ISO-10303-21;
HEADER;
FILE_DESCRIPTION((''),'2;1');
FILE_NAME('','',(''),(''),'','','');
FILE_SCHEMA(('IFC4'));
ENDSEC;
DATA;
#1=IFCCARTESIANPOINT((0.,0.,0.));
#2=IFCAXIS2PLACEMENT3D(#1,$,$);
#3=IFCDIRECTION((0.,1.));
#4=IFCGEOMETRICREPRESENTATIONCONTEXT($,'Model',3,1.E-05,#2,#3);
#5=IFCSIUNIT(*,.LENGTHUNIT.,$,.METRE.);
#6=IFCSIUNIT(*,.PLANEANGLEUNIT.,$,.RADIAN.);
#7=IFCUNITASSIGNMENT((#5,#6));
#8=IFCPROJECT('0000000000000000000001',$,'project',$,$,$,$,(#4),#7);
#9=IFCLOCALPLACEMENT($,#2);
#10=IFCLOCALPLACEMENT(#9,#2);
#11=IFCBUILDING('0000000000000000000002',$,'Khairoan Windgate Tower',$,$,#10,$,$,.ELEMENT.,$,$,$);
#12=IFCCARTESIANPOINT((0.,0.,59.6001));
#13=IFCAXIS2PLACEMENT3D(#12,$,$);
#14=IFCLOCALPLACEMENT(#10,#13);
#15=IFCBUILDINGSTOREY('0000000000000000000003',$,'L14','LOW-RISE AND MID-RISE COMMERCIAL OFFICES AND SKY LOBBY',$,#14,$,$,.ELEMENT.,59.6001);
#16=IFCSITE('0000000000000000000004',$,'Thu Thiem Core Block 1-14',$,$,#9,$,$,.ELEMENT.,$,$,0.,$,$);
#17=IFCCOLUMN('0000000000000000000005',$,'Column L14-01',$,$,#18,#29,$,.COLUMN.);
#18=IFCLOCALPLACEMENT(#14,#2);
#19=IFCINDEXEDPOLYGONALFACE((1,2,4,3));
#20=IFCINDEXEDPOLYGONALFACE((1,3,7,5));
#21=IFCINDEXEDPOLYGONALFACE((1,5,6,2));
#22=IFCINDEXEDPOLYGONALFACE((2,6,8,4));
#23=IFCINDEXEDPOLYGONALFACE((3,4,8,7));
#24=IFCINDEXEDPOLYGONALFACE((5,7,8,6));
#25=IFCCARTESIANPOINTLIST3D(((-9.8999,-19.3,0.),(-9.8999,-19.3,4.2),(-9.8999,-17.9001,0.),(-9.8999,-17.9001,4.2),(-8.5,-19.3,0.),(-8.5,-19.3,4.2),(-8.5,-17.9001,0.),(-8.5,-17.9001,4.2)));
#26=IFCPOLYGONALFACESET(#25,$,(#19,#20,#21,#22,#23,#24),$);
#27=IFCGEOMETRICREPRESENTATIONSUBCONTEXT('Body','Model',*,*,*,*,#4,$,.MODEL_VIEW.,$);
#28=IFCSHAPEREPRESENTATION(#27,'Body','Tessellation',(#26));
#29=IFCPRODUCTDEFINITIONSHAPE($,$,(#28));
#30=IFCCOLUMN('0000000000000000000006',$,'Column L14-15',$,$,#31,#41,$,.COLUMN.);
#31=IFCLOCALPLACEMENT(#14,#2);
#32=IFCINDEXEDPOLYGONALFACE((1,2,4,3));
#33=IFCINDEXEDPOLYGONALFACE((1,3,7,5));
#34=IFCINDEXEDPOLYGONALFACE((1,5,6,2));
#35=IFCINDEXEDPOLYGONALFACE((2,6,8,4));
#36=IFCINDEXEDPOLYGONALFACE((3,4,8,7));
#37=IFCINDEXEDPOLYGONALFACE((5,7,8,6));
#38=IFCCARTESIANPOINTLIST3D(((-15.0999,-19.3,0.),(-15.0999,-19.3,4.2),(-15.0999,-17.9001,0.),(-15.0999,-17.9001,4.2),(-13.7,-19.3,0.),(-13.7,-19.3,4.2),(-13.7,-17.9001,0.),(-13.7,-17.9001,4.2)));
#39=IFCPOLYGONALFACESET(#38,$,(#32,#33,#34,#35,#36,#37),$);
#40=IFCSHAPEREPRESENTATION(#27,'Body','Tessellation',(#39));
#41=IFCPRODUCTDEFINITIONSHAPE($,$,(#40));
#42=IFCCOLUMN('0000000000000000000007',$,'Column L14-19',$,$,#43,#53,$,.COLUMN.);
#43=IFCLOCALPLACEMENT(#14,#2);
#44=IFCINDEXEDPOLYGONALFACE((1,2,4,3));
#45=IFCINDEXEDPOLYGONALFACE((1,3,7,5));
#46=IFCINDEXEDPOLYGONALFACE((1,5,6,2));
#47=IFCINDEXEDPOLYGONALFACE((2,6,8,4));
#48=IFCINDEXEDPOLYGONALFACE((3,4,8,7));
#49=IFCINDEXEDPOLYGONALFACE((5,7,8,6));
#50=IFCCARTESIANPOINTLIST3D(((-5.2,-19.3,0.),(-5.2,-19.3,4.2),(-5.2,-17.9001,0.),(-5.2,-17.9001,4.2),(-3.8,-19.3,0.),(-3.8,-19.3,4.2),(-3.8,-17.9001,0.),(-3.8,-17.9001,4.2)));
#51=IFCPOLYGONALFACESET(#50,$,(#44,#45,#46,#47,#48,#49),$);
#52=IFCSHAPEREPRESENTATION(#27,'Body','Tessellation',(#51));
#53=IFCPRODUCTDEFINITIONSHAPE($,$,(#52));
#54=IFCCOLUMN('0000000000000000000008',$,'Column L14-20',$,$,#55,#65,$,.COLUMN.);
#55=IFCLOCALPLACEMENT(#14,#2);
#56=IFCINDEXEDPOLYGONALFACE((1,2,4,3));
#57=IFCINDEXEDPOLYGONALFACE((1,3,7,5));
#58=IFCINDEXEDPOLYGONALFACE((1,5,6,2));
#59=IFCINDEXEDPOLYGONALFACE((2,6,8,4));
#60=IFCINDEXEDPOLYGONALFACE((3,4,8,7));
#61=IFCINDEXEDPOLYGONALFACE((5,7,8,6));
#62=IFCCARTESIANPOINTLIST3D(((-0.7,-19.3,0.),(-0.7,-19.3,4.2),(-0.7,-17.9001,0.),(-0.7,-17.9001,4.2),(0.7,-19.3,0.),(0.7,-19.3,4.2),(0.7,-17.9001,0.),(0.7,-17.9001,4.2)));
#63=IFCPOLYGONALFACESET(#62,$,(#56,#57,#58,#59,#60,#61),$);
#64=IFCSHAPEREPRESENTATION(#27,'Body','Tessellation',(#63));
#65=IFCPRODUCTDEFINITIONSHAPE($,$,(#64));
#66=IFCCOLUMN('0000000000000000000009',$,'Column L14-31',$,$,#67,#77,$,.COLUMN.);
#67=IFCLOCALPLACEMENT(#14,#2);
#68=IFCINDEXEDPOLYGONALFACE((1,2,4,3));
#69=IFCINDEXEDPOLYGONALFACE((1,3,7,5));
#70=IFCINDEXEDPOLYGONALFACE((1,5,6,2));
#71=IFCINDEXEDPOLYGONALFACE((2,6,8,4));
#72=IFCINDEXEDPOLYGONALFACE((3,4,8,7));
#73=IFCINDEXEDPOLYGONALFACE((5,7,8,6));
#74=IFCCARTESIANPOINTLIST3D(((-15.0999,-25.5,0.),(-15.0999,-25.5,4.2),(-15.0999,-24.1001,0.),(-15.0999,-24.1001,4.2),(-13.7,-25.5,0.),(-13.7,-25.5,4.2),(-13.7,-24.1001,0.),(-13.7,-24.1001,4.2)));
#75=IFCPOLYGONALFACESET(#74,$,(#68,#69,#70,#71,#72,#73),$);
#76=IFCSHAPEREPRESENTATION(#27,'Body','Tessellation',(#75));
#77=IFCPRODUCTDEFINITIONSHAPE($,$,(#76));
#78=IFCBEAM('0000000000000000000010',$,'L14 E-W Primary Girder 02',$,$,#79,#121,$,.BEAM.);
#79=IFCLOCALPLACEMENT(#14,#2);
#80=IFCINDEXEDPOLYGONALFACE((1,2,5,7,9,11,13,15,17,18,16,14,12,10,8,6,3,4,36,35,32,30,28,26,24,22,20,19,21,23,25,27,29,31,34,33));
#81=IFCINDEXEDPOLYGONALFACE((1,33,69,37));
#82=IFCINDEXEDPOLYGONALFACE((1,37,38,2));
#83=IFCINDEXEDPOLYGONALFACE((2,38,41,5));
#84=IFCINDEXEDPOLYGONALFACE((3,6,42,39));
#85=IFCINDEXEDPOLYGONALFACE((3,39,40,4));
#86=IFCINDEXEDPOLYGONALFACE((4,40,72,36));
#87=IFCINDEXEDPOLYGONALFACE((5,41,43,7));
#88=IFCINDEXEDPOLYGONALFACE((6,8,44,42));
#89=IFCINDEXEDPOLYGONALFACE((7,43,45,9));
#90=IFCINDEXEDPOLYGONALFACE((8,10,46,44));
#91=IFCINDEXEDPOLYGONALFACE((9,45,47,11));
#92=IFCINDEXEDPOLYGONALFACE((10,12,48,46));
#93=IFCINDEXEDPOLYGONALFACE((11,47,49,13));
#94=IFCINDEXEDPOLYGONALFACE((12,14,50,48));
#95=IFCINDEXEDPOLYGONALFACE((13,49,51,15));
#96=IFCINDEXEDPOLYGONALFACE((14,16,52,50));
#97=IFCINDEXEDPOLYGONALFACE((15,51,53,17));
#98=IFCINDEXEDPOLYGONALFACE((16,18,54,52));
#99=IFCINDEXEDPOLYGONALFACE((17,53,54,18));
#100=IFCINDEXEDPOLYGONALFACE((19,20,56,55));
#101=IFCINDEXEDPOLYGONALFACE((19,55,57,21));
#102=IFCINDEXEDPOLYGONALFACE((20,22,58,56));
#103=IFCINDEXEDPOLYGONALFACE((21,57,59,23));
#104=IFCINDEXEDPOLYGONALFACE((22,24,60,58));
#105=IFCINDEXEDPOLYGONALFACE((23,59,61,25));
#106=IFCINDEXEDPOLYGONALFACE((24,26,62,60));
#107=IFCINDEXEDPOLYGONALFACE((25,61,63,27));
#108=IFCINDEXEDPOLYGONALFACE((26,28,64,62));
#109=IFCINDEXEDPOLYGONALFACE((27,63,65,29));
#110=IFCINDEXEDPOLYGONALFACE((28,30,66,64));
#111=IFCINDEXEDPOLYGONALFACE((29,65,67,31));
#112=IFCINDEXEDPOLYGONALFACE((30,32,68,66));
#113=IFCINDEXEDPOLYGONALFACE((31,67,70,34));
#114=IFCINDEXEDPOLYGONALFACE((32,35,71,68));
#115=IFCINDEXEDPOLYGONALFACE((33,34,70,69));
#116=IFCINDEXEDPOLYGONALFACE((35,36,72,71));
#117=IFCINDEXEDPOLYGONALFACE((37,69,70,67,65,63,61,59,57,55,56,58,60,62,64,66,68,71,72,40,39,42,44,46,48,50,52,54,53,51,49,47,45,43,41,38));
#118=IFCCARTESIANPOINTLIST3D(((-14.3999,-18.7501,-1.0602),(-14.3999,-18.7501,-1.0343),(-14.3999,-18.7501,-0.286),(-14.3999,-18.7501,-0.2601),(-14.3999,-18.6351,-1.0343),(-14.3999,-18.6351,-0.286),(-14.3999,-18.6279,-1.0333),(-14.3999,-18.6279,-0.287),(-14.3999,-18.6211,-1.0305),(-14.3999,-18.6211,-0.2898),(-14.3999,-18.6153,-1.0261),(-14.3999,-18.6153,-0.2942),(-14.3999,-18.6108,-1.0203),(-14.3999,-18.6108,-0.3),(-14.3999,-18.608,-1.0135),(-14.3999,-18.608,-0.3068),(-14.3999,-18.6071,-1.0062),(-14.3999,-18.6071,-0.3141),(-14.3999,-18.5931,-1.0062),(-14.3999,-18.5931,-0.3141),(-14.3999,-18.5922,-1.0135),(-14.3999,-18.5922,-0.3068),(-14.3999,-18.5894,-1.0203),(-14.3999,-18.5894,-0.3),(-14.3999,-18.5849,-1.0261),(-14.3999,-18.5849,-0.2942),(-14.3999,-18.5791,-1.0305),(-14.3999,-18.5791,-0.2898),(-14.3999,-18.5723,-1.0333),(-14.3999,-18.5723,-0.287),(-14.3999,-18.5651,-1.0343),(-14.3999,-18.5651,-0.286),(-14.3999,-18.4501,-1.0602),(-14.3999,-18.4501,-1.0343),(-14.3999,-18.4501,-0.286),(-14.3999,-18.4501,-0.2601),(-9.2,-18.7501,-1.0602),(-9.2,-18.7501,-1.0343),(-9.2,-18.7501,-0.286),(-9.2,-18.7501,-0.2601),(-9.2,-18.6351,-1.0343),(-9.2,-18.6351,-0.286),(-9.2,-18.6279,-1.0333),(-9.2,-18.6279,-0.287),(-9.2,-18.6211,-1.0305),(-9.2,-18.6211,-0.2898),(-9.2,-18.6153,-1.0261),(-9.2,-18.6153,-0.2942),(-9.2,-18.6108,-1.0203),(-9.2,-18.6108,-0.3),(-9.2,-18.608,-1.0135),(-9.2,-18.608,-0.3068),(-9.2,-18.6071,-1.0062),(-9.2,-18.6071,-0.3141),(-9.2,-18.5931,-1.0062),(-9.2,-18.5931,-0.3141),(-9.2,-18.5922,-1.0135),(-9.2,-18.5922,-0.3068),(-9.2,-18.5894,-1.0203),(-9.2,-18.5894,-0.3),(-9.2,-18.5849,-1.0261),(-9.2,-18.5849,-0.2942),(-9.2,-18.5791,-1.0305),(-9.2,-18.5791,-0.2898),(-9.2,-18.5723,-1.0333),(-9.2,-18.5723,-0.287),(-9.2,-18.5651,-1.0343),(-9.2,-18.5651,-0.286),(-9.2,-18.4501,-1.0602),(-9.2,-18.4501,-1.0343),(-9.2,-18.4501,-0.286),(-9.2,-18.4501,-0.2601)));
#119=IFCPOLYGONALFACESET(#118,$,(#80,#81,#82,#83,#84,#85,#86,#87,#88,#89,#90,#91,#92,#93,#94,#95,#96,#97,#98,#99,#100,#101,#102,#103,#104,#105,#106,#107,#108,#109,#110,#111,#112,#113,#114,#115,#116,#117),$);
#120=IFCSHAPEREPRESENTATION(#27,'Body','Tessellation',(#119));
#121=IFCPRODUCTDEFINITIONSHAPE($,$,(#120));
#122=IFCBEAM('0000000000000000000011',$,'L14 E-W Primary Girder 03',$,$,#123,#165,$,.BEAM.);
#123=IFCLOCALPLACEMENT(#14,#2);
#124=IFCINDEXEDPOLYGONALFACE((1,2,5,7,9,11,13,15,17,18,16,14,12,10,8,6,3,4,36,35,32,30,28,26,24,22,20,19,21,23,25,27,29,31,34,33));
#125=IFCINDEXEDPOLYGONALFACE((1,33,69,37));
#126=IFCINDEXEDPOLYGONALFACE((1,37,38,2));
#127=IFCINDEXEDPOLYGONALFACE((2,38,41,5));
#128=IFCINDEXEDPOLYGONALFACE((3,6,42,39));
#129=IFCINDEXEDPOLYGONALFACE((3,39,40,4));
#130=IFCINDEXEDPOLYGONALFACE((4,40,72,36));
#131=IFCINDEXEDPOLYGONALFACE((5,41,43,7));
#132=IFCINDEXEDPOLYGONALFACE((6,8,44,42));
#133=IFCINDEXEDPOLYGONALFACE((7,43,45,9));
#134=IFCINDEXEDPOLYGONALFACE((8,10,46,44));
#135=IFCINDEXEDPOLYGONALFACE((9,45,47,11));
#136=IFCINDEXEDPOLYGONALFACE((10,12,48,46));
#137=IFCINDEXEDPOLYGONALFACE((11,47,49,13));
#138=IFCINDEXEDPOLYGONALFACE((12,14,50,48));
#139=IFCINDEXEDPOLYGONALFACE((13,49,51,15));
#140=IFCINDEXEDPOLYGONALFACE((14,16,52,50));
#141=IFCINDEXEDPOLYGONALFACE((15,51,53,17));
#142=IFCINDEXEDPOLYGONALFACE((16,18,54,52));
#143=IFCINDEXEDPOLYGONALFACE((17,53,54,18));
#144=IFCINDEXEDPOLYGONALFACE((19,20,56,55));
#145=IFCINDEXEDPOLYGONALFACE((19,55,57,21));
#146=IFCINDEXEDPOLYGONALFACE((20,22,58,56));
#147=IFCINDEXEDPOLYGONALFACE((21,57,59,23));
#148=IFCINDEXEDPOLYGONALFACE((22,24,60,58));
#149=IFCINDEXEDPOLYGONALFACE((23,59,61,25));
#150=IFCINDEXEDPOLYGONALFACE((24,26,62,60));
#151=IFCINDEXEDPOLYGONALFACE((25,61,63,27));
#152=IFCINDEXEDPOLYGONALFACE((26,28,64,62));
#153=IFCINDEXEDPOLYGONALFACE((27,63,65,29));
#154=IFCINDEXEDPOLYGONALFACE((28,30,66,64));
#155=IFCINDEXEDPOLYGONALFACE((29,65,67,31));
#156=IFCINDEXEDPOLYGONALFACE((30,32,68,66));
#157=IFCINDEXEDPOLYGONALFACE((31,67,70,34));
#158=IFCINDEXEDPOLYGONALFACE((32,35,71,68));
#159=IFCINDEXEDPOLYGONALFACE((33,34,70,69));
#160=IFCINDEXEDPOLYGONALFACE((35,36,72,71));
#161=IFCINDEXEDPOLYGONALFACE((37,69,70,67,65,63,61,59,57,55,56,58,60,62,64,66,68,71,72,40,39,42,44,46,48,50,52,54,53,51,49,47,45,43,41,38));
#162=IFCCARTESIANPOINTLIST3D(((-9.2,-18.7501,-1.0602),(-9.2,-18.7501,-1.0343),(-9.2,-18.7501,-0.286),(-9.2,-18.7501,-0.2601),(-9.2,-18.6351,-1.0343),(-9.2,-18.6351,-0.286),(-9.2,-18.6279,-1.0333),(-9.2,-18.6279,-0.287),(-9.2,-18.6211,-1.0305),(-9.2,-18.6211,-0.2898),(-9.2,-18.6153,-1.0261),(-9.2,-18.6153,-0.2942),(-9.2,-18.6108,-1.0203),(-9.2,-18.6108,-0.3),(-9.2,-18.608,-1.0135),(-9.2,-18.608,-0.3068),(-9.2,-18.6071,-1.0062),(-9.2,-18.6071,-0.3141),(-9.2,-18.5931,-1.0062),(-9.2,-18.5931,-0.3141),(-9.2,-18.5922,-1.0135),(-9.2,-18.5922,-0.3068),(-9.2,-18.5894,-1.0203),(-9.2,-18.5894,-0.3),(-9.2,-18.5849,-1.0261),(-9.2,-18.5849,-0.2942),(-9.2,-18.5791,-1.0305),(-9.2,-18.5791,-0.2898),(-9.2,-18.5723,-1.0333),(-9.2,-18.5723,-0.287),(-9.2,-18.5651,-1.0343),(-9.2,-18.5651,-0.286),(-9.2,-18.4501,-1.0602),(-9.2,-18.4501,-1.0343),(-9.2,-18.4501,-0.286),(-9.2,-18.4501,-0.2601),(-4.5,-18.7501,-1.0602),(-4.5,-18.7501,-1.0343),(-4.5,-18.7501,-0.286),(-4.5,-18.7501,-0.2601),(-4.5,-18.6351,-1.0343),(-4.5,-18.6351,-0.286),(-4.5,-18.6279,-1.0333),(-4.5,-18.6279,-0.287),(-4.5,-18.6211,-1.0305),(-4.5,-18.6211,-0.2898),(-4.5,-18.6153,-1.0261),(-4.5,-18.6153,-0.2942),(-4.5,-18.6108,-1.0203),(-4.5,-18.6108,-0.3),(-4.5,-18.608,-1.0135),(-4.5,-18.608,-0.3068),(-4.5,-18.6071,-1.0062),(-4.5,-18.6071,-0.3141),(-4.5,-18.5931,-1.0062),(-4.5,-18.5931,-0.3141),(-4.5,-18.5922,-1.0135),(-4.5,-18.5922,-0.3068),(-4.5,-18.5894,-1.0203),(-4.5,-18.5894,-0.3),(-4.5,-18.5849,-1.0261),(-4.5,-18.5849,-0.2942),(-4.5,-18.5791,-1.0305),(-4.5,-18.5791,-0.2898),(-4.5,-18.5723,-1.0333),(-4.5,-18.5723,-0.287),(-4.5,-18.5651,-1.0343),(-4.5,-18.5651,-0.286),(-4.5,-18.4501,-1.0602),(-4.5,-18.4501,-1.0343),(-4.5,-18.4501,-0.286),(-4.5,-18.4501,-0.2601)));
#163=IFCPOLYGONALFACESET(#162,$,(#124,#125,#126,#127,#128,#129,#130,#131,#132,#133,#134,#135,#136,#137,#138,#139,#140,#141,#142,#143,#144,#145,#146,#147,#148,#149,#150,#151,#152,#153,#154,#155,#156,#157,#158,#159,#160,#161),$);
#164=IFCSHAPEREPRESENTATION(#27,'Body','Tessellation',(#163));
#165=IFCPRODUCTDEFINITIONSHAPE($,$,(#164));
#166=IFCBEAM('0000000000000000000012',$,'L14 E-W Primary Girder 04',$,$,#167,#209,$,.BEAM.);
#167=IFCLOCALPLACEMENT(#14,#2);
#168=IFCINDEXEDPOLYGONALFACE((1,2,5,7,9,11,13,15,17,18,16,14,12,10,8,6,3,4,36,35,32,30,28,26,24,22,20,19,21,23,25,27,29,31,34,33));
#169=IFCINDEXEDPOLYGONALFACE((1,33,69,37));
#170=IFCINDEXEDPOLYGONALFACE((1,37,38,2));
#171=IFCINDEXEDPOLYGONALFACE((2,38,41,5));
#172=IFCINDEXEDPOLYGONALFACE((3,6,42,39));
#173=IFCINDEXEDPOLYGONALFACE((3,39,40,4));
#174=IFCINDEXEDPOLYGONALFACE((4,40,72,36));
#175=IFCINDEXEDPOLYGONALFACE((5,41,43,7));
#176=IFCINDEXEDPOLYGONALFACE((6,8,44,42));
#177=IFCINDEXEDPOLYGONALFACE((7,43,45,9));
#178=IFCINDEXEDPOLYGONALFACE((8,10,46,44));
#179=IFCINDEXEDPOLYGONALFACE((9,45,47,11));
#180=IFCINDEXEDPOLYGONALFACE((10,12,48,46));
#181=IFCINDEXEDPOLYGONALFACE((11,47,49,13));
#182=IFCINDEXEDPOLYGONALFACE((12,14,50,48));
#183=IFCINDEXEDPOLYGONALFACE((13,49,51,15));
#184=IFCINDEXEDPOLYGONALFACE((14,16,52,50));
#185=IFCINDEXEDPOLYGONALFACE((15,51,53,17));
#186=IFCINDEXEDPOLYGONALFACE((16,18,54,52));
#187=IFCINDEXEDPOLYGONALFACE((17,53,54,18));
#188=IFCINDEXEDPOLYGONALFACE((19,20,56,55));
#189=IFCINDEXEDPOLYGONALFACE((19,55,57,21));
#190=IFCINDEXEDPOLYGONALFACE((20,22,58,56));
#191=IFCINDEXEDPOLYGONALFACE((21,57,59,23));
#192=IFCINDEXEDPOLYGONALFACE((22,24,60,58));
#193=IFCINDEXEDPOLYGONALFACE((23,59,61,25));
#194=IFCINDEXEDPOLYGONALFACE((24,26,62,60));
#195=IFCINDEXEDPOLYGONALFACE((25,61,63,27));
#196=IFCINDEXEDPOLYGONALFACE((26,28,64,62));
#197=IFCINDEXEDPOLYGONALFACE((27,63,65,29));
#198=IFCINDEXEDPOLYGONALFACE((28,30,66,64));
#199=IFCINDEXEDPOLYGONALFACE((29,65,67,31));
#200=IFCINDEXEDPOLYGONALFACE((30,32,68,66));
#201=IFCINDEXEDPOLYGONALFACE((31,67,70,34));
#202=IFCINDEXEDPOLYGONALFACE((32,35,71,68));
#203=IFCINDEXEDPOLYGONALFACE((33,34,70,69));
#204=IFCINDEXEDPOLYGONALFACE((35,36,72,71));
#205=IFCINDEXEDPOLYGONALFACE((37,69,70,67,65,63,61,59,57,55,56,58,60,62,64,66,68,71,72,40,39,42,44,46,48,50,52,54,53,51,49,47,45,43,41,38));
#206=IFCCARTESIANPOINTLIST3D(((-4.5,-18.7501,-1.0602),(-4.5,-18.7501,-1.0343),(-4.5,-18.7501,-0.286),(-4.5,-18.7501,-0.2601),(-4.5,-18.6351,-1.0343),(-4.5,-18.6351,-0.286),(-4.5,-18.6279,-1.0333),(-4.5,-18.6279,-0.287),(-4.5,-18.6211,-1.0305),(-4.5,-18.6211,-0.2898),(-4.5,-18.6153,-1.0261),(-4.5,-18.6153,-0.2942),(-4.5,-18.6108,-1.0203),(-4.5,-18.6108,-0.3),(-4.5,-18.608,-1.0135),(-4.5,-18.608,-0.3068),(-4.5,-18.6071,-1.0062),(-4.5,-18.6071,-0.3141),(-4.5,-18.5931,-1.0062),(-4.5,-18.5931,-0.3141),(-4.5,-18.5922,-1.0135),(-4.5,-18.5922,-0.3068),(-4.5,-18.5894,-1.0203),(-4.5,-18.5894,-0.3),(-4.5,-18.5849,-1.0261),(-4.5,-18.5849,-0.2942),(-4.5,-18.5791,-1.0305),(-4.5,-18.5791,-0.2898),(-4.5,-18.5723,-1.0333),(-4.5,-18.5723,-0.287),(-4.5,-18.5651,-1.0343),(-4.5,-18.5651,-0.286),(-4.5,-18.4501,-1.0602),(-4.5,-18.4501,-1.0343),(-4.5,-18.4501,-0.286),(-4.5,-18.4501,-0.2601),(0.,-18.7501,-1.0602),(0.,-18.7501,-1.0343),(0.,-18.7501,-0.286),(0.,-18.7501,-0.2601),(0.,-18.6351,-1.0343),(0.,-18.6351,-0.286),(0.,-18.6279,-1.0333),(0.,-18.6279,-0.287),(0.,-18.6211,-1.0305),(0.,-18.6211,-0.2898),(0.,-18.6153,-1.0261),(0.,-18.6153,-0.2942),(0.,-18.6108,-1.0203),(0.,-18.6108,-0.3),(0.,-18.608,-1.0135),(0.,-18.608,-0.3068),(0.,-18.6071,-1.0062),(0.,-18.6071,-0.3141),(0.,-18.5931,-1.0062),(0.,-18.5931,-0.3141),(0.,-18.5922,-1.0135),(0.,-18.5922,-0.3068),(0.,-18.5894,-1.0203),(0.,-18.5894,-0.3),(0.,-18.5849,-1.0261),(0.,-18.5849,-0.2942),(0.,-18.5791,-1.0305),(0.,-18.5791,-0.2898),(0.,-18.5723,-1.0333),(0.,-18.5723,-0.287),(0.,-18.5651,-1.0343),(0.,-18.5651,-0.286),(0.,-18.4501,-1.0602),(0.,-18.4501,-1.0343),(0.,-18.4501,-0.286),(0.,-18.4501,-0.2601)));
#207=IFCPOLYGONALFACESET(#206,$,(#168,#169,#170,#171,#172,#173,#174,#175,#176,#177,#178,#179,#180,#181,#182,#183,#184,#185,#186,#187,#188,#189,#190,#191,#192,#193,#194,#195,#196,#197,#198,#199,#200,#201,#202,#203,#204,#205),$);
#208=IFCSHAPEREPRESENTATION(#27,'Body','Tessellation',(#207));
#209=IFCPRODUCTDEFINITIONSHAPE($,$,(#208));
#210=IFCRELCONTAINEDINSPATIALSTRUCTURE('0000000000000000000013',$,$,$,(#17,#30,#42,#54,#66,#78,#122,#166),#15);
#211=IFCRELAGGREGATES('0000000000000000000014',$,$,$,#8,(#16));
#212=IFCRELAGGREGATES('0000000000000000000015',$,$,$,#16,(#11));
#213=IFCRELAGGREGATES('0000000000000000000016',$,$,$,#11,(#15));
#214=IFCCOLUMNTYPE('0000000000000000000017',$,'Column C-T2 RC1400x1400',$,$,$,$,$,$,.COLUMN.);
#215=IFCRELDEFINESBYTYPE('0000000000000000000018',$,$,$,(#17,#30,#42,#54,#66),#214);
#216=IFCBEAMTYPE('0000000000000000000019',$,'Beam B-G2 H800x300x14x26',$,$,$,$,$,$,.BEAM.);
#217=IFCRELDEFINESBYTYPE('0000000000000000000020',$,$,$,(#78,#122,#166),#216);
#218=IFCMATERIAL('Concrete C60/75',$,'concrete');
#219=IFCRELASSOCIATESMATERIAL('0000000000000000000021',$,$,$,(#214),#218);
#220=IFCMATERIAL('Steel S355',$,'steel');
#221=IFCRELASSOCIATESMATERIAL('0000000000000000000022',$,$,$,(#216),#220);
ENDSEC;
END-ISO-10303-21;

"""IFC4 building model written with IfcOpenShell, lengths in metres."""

from ifc_helpers import new_model, si_unit, direction, frame, origin, origin_2d, place, context, subcontext, project, spatial, rectangle, i_section, extrude, material, material_profile, profile_set, type_object, element, save


model = new_model("IFC4")

# Units and contexts
model_context = context("Model", 3, precision=1e-05, world=origin(), true_north=direction((0.0, 1.0)))
body_context = subcontext(model_context, "Body", "Model", "MODEL_VIEW")
ifc_project = project(units=[si_unit("LENGTHUNIT", "METRE"), si_unit("PLANEANGLEUNIT", "RADIAN")], contexts=[model_context])

# Site, building, storey
site_placement = place(None, origin())
site = spatial("IfcSite", under=ifc_project, at=site_placement, Name="Thu Thiem Core Block 1-14", CompositionType="ELEMENT", RefElevation=0.0)
building_placement = place(site_placement, origin())
building = spatial("IfcBuilding", under=site, at=building_placement, Name="Khairoan Windgate Tower", CompositionType="ELEMENT")
storey_placement = place(building_placement, frame((0.0, 0.0, 59.6001)))
storey = spatial("IfcBuildingStorey", under=building, at=storey_placement, Name="L14", Description="LOW-RISE AND MID-RISE COMMERCIAL OFFICES AND SKY LOBBY", CompositionType="ELEMENT", Elevation=59.6001)

# Columns
ifc_material_1 = material(Name="Concrete C60/75", Category="concrete")
ifc_material_profile_1 = material_profile(ifc_material_1, rectangle(XDim=1.3999, YDim=1.3999, at=origin_2d()))
ifc_profile_set_1 = profile_set([ifc_material_profile_1], Name="Concrete C60/75")
column_type = type_object("IfcColumnType", Name="Column C-T2 RC1400x1400", PredefinedType="COLUMN", material=ifc_profile_set_1)
for number, where, z_axis, x_axis, name in (
    (1, (-9.2, -18.6001, 0.0), (0.0, 0.0, 1.0), (1.0, 0.0, 0.0), "Column L14-01"),
    (2, (-14.3999, -18.6001, 0.0), (0.0, 0.0, 1.0), (1.0, 0.0, 0.0), "Column L14-15"),
    (3, (-4.5, -18.6001, 0.0), (0.0, 0.0, 1.0), (1.0, 0.0, 0.0), "Column L14-19"),
    (4, (0.0, -18.6001, 0.0), (0.0, 0.0, 1.0), (1.0, 0.0, 0.0), "Column L14-20"),
    (5, (-14.3999, -24.8, 0.0), (0.0, 0.0, 1.0), (1.0, 0.0, 0.0), "Column L14-31"),
):
    element("IfcColumn", number, at=place(storey_placement, frame(where, z_axis=z_axis, x_axis=x_axis)), inside=storey, type_object=column_type, Name=name, PredefinedType="COLUMN", context=body_context, shape_type="SweptSolid", body=[
        extrude(rectangle(XDim=1.3999, YDim=1.3999, at=origin_2d()), origin(), (0.0, 0.0, 1.0), 4.2),
    ])

# Beams
ifc_material_2 = material(Name="Steel S355", Category="steel")
ifc_material_profile_2 = material_profile(ifc_material_2, i_section(OverallWidth=0.3, OverallDepth=0.8, WebThickness=0.0139, FlangeThickness=0.0259, FilletRadius=0.0281, at=origin_2d()))
ifc_profile_set_2 = profile_set([ifc_material_profile_2], Name="Steel S355")
beam_type_1 = type_object("IfcBeamType", Name="Beam B-G2 H800x300x14x26", PredefinedType="BEAM", material=ifc_profile_set_2)
beam_1_placement = place(storey_placement, frame((-14.3999, -18.6001, -0.6602), z_axis=(1.0, 0.0, 0.0), x_axis=(0.0, 1.0, 0.0)))
element("IfcBeam", 6, at=beam_1_placement, inside=storey, type_object=beam_type_1, Name="L14 E-W Primary Girder 02", PredefinedType="BEAM", context=body_context, shape_type="SweptSolid", body=[
    extrude(i_section(OverallWidth=0.3, OverallDepth=0.8, WebThickness=0.0139, FlangeThickness=0.0259, FilletRadius=0.0281, at=origin_2d()), origin(), (0.0, 0.0, 1.0), 5.2),
])
beam_2_placement = place(storey_placement, frame((-9.2, -18.6001, -0.6602), z_axis=(1.0, 0.0, 0.0), x_axis=(0.0, 1.0, 0.0)))
element("IfcBeam", 7, at=beam_2_placement, inside=storey, type_object=beam_type_1, Name="L14 E-W Primary Girder 03", PredefinedType="BEAM", context=body_context, shape_type="SweptSolid", body=[
    extrude(i_section(OverallWidth=0.3, OverallDepth=0.8, WebThickness=0.0139, FlangeThickness=0.0259, FilletRadius=0.0281, at=origin_2d()), origin(), (0.0, 0.0, 1.0), 4.7),
])
for number, where, z_axis, x_axis, name in (
    (8, (-4.5, -18.6001, -0.6602), (1.0, 0.0, 0.0), (0.0, 1.0, 0.0), "L14 E-W Primary Girder 04"),
):
    element("IfcBeam", number, at=place(storey_placement, frame(where, z_axis=z_axis, x_axis=x_axis)), inside=storey, type_object=beam_type_1, Name=name, PredefinedType="BEAM", context=body_context, shape_type="SweptSolid", body=[
        extrude(i_section(OverallWidth=0.3, OverallDepth=0.8, WebThickness=0.0139, FlangeThickness=0.0259, FilletRadius=0.0281, at=origin_2d()), origin(), (0.0, 0.0, 1.0), 4.5),
    ])

save(model, "model.ifc")
